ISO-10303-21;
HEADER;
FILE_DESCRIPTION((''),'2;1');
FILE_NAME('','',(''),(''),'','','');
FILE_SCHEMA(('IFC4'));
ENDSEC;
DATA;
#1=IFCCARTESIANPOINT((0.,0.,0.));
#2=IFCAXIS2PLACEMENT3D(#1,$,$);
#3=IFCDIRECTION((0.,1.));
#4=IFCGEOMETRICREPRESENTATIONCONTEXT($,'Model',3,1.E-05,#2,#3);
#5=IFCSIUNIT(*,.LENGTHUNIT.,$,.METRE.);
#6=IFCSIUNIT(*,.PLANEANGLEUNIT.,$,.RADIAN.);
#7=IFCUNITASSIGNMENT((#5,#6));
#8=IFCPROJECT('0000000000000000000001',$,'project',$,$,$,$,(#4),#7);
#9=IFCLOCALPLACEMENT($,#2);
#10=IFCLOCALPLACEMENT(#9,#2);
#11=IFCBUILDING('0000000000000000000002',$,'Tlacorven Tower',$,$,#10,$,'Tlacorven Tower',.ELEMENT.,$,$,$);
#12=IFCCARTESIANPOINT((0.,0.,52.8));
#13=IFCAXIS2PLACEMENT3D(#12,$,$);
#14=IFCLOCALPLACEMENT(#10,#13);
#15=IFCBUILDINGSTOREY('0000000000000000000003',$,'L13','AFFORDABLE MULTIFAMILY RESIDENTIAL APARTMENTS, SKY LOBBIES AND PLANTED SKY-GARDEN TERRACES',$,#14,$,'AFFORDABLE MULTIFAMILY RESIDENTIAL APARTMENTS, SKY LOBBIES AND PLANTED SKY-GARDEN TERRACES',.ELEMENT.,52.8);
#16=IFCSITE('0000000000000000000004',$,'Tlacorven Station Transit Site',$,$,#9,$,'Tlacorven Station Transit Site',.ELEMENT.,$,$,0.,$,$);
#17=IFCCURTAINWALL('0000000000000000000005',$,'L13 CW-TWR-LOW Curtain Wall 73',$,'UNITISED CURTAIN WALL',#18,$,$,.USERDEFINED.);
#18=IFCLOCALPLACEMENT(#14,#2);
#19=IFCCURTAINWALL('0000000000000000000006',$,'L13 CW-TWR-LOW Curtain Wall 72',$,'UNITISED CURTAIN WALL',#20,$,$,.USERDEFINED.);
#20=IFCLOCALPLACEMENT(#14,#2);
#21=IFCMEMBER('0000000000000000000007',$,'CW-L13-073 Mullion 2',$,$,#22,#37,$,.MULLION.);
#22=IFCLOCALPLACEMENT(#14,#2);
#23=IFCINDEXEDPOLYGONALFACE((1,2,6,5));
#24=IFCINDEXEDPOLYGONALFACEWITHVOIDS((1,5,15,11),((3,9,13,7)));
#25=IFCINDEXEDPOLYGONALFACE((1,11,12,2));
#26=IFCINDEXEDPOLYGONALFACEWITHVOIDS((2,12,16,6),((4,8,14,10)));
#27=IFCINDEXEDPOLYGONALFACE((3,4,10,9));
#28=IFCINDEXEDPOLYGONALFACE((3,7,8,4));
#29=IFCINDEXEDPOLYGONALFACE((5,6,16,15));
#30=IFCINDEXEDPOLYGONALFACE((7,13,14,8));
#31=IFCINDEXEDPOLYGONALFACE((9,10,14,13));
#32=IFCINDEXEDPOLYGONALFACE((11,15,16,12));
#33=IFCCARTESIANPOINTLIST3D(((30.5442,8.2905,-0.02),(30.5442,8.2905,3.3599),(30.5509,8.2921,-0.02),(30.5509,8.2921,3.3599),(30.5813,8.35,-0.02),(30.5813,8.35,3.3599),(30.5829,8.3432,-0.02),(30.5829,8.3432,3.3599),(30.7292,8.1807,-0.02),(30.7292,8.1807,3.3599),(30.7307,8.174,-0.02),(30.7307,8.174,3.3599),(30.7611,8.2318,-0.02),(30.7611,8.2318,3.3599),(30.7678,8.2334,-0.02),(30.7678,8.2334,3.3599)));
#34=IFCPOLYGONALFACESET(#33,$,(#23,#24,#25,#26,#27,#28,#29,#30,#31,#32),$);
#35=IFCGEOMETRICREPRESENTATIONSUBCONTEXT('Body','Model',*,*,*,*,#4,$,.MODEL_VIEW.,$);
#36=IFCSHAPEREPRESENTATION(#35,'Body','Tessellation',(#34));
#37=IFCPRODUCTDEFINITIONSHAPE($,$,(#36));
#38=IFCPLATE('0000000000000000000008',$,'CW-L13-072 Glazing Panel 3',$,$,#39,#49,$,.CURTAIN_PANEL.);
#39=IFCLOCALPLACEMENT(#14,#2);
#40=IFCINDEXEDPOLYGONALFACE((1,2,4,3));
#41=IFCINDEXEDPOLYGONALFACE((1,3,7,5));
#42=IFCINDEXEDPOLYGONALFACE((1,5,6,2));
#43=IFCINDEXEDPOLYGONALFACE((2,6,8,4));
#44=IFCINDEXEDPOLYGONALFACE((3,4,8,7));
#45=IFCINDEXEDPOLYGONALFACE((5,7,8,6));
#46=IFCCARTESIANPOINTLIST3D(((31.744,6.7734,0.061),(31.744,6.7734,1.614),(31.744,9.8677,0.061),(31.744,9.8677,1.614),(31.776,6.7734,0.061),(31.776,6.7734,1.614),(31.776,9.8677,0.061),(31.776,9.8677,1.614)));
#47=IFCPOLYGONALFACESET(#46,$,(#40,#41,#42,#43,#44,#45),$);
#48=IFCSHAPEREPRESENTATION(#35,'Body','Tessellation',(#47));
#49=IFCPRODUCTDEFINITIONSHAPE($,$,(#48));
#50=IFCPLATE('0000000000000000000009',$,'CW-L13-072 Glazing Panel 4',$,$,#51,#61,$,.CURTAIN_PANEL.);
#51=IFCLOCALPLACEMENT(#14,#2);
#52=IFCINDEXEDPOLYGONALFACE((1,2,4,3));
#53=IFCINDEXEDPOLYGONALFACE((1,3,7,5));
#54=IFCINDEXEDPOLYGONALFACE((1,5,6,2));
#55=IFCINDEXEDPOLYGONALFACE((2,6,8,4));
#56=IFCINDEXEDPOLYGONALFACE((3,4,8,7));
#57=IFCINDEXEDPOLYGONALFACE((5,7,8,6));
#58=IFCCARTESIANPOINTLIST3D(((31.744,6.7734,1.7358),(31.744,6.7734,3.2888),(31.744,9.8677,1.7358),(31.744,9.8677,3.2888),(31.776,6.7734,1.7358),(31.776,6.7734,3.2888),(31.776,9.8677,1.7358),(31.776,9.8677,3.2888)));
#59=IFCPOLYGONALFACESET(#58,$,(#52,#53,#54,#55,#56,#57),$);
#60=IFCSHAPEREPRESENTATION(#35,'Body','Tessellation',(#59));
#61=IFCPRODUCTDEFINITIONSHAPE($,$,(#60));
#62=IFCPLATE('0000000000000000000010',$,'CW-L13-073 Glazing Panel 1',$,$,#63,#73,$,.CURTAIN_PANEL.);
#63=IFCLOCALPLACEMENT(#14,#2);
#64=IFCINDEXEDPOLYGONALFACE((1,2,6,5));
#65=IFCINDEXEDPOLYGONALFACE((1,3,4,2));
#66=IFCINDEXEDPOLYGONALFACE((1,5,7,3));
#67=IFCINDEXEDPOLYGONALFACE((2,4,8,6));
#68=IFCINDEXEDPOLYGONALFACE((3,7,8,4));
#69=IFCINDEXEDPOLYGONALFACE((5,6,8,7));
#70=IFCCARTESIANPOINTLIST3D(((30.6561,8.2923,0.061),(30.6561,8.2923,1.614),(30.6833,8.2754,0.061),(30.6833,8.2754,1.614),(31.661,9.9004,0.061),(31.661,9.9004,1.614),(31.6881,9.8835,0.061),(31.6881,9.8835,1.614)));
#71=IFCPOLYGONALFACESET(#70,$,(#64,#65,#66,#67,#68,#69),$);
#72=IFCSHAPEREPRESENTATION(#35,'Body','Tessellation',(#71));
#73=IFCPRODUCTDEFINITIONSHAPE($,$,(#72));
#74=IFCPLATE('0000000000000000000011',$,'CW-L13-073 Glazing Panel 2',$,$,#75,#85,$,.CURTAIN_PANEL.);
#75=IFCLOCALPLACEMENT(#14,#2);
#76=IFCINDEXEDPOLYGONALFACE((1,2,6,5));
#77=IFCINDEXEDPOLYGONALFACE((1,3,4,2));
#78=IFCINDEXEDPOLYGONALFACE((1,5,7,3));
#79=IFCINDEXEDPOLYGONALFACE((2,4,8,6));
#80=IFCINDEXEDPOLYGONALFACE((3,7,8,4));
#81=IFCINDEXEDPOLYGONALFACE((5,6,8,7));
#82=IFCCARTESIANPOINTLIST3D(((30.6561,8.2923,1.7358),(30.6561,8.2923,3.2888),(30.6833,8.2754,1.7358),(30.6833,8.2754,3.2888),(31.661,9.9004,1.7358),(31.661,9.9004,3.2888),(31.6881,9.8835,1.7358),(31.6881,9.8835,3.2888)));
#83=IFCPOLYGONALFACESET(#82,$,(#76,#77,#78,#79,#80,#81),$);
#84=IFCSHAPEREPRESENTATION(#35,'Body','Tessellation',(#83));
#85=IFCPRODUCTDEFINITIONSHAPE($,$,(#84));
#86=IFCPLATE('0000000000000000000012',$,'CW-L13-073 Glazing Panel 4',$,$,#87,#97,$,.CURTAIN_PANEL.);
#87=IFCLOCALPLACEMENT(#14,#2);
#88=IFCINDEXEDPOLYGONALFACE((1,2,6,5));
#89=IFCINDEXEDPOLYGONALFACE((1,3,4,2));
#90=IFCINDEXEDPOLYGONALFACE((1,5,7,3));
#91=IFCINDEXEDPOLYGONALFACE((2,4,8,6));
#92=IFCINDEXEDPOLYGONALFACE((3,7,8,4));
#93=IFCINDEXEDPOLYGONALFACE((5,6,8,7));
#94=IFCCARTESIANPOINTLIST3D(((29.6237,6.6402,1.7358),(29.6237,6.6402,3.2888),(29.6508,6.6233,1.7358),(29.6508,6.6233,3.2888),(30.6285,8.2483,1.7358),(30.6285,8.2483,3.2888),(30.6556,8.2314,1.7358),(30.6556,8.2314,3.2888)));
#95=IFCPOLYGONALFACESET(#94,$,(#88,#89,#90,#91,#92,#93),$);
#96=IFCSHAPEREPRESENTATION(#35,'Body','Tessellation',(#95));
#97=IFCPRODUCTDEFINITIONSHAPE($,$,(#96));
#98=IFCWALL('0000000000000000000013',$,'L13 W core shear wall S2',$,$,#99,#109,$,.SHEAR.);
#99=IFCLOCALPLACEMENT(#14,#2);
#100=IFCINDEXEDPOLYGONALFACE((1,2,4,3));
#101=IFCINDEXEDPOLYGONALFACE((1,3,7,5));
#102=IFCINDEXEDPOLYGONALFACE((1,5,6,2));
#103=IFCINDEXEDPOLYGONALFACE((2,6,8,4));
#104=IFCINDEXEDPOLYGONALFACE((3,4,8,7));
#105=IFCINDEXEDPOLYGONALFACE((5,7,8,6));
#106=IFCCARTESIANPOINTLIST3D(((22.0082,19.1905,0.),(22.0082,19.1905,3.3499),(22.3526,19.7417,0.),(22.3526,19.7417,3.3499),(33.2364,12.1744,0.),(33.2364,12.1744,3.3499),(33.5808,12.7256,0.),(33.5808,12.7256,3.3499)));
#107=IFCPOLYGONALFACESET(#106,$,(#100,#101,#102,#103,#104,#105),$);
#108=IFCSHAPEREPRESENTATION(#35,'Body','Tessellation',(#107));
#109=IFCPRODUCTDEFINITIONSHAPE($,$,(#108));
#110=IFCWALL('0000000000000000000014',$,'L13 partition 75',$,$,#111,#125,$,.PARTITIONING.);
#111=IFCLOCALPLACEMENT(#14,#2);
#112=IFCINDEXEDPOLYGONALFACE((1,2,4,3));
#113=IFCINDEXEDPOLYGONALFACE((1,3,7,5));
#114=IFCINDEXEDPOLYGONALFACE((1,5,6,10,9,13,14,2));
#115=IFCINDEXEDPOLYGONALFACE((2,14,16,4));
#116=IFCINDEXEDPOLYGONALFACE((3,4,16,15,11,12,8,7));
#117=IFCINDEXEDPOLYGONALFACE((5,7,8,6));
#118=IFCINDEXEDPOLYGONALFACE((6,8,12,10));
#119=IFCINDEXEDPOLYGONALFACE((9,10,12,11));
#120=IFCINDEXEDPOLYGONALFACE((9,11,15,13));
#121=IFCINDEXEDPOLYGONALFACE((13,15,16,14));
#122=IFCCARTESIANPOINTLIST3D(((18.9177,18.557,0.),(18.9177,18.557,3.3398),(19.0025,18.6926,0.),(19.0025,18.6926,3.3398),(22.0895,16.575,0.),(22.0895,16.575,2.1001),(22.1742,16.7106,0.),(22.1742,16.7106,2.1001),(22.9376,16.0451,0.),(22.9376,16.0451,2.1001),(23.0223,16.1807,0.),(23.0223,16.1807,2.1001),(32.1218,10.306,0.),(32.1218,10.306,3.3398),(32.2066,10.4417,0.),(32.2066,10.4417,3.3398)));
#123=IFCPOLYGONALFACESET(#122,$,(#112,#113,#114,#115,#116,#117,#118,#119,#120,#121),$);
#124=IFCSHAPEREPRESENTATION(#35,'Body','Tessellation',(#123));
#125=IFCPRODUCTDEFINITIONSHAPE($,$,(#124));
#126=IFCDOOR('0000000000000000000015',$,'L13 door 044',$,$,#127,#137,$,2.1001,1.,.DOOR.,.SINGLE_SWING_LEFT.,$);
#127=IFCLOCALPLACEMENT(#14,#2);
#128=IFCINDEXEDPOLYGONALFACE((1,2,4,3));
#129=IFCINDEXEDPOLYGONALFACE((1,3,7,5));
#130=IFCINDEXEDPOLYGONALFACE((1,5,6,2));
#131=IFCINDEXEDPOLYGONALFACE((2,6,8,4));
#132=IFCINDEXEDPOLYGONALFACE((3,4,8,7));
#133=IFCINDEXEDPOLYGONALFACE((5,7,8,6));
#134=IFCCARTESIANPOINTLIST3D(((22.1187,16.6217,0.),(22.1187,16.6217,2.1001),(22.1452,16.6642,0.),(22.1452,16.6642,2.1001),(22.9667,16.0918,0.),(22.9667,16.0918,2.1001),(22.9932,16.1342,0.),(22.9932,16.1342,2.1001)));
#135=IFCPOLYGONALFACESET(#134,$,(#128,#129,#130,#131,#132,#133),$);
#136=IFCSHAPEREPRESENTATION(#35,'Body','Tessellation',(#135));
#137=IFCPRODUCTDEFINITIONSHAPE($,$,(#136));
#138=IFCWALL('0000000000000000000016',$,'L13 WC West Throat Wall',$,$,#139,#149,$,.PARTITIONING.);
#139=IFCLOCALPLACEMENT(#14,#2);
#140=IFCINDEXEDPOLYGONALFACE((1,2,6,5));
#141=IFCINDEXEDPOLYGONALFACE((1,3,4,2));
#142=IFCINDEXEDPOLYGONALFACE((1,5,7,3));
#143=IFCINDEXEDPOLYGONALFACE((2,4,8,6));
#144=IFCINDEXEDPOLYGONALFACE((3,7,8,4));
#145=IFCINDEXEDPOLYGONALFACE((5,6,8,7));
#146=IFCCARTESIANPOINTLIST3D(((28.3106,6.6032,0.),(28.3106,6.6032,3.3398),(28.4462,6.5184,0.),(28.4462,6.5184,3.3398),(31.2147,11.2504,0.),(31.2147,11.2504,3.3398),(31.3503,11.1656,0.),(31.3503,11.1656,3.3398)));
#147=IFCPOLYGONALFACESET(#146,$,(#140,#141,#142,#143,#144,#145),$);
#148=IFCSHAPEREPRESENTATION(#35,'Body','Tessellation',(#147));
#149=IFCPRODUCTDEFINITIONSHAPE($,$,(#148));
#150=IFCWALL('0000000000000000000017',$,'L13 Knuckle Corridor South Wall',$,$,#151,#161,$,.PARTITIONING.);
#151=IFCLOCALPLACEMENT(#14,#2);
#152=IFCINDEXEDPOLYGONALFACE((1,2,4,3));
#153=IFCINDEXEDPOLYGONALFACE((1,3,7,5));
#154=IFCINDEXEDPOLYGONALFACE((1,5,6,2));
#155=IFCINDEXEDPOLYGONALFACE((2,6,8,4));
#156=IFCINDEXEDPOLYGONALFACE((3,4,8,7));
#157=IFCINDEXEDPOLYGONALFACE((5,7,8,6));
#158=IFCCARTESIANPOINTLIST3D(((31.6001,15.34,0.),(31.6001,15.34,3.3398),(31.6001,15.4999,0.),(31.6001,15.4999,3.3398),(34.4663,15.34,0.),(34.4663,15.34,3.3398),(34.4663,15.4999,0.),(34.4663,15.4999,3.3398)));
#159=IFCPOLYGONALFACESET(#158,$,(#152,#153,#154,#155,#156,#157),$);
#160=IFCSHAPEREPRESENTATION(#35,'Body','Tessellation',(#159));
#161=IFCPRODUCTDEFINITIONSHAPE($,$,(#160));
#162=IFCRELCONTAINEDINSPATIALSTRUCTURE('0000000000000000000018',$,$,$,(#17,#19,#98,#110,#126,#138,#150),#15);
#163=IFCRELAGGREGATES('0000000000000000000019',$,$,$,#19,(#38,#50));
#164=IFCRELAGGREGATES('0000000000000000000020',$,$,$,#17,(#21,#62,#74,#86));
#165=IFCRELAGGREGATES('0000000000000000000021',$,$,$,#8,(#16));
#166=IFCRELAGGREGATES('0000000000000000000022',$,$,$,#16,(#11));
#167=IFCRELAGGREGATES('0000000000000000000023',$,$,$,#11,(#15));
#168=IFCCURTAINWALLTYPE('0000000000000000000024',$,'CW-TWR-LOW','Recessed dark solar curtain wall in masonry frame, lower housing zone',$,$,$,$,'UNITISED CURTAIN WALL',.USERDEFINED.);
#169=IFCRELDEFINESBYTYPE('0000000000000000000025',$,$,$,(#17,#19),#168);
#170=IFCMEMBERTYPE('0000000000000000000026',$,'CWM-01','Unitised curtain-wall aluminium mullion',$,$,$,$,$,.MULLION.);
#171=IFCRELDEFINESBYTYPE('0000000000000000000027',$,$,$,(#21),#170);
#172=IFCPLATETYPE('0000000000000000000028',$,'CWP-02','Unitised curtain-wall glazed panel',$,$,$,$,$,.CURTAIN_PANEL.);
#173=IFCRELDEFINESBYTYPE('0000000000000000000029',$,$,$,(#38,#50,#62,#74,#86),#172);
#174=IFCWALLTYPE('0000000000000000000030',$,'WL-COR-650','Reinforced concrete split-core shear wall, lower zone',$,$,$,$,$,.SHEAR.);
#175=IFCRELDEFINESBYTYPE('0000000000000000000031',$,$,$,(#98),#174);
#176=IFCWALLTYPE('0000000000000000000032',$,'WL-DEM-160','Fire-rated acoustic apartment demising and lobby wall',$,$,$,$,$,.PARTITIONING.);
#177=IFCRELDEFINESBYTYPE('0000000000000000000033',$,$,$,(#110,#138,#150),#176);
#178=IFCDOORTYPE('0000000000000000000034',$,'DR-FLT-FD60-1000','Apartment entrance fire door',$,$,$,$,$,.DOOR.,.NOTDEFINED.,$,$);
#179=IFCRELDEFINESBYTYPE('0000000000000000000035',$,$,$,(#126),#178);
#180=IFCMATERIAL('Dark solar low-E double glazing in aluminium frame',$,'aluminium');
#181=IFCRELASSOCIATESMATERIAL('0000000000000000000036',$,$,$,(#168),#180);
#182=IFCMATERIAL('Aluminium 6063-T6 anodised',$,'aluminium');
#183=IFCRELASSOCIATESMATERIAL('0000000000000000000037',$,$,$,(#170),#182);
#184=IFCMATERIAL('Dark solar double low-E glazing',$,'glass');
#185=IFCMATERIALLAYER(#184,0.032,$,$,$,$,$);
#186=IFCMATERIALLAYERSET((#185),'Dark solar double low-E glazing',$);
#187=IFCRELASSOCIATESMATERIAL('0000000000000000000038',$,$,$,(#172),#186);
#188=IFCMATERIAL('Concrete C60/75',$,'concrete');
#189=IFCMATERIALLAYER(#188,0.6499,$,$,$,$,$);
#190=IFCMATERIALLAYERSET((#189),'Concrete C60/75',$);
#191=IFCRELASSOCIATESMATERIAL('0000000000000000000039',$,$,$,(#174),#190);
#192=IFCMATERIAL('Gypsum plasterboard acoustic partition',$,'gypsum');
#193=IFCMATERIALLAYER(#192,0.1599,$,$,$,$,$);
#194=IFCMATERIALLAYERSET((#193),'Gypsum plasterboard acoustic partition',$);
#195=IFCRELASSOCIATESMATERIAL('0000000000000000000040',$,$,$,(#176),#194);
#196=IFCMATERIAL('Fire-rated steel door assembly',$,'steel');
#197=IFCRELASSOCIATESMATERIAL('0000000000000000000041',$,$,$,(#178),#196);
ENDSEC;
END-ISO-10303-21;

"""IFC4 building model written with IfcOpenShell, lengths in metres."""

from ifc_helpers import new_model, si_unit, direction, frame, frame_2d, origin, origin_2d, place, context, subcontext, project, spatial, rectangle, hollow_rectangle, extrude, source, transform, mapped, material, layer, layer_set, material_profile, profile_set, type_object, element, fill, aggregate, save


model = new_model("IFC4")

# Units and contexts
model_context = context("Model", 3, precision=1e-05, world=origin(), true_north=direction((0.0, 1.0)))
body_context = subcontext(model_context, "Body", "Model", "MODEL_VIEW")
ifc_project = project(units=[si_unit("LENGTHUNIT", "METRE"), si_unit("PLANEANGLEUNIT", "RADIAN")], contexts=[model_context])

# Site, building, storey
site_placement = place(None, origin())
site = spatial("IfcSite", under=ifc_project, at=site_placement, Name="Tlacorven Station Transit Site", LongName="Tlacorven Station Transit Site", CompositionType="ELEMENT", RefElevation=0.0)
building_placement = place(site_placement, origin())
building = spatial("IfcBuilding", under=site, at=building_placement, Name="Tlacorven Tower", LongName="Tlacorven Tower", CompositionType="ELEMENT")
storey_placement = place(building_placement, frame((0.0, 0.0, 52.8)))
storey = spatial("IfcBuildingStorey", under=building, at=storey_placement, Name="L13", Description="AFFORDABLE MULTIFAMILY RESIDENTIAL APARTMENTS, SKY LOBBIES AND PLANTED SKY-GARDEN TERRACES", LongName="AFFORDABLE MULTIFAMILY RESIDENTIAL APARTMENTS, SKY LOBBIES AND PLANTED SKY-GARDEN TERRACES", CompositionType="ELEMENT", Elevation=52.8)

# Curtain wall
ifc_material_1 = material(Name="Dark solar low-E double glazing in aluminium frame", Category="aluminium")
curtain_wall_type = type_object("IfcCurtainWallType", Name="CW-TWR-LOW", Description="Recessed dark solar curtain wall in masonry frame, lower housing zone", ElementType="UNITISED CURTAIN WALL", PredefinedType="USERDEFINED", material=ifc_material_1)
curtain_wall_1_placement = place(storey_placement, origin())
curtain_wall_1 = element("IfcCurtainWall", 1, at=curtain_wall_1_placement, inside=storey, type_object=curtain_wall_type, Name="L13 CW-TWR-LOW Curtain Wall 73", ObjectType="UNITISED CURTAIN WALL", PredefinedType="USERDEFINED")
ifc_material_2 = material(Name="Aluminium 6063-T6 anodised", Category="aluminium")

# Curtain wall
curtain_wall_2_placement = place(storey_placement, origin())
curtain_wall_2 = element("IfcCurtainWall", 2, at=curtain_wall_2_placement, inside=storey, type_object=curtain_wall_type, Name="L13 CW-TWR-LOW Curtain Wall 72", ObjectType="UNITISED CURTAIN WALL", PredefinedType="USERDEFINED")
ifc_material_profile_1 = material_profile(ifc_material_2, hollow_rectangle(XDim=0.0701, YDim=0.22, WallThickness=0.0049, at=origin_2d()), Name="ALU MULLION 70X220")
ifc_profile_set_1 = profile_set([ifc_material_profile_1], Name="Aluminium 6063-T6 anodised")
member_type_1 = type_object("IfcMemberType", Name="CWM-01", Description="Unitised curtain-wall aluminium mullion", PredefinedType="MULLION", material=ifc_profile_set_1)
shared_shape_1 = source(origin(), body_context, "Body", "SweptSolid", [
    extrude(hollow_rectangle(XDim=0.0701, YDim=0.22, WallThickness=0.0049, at=origin_2d()), origin(), (0.0, 0.0, 1.0), 3.3799),
])

# Member
member_1_placement = place(storey_placement, frame((30.656, 8.262, -0.02), z_axis=(0.0, 0.0, 1.0), x_axis=(-0.529919, -0.848048, 0.0)))
member_1 = element("IfcMember", 3, at=member_1_placement, type_object=member_type_1, Name="CW-L13-073 Mullion 2", PredefinedType="MULLION", context=body_context, shape_type="MappedRepresentation", body=[
    mapped(shared_shape_1, transform((0.0, 0.0, 0.0), scale=1.0)),
])

# Plates
ifc_material_3 = material(Name="Dark solar double low-E glazing", Category="glass")
ifc_layer_1 = layer(ifc_material_3, 0.032)
ifc_layer_set_1 = layer_set([ifc_layer_1], Name="Dark solar double low-E glazing")
plate_type = type_object("IfcPlateType", Name="CWP-02", Description="Unitised curtain-wall glazed panel", PredefinedType="CURTAIN_PANEL", material=ifc_layer_set_1)
shared_shape_2 = source(origin(), body_context, "Body", "SweptSolid", [
    extrude(rectangle(XDim=3.0942, YDim=0.032, at=origin_2d()), origin(), (0.0, 0.0, 1.0), 1.553),
])
plate_1_placement = place(storey_placement, frame((31.76, 8.3206, 0.061), z_axis=(0.0, 0.0, 1.0), x_axis=(0.0, 1.0, 0.0)))
plate_1 = element("IfcPlate", 4, at=plate_1_placement, type_object=plate_type, Name="CW-L13-072 Glazing Panel 3", PredefinedType="CURTAIN_PANEL", context=body_context, shape_type="MappedRepresentation", body=[
    mapped(shared_shape_2, transform((0.0, 0.0, 0.0), scale=1.0)),
])
plate_2_placement = place(storey_placement, frame((31.76, 8.3206, 1.7358), z_axis=(0.0, 0.0, 1.0), x_axis=(0.0, 1.0, 0.0)))
plate_2 = element("IfcPlate", 5, at=plate_2_placement, type_object=plate_type, Name="CW-L13-072 Glazing Panel 4", PredefinedType="CURTAIN_PANEL", context=body_context, shape_type="MappedRepresentation", body=[
    mapped(shared_shape_2, transform((0.0, 0.0, 0.0), scale=1.0)),
])
aggregate(curtain_wall_2, [plate_1, plate_2])
shared_shape_3 = source(origin(), body_context, "Body", "SweptSolid", [
    extrude(rectangle(XDim=1.8962, YDim=0.032, at=origin_2d()), origin(), (0.0, 0.0, 1.0), 1.553),
])
plate_3_placement = place(storey_placement, frame((31.1721, 9.0879, 0.061), z_axis=(0.0, 0.0, 1.0), x_axis=(-0.529919, -0.848048, 0.0)))
plate_3 = element("IfcPlate", 6, at=plate_3_placement, type_object=plate_type, Name="CW-L13-073 Glazing Panel 1", PredefinedType="CURTAIN_PANEL", context=body_context, shape_type="MappedRepresentation", body=[
    mapped(shared_shape_3, transform((0.0, 0.0, 0.0), scale=1.0)),
])
plate_4_placement = place(storey_placement, frame((31.1721, 9.0879, 1.7358), z_axis=(0.0, 0.0, 1.0), x_axis=(-0.529919, -0.848048, 0.0)))
plate_4 = element("IfcPlate", 7, at=plate_4_placement, type_object=plate_type, Name="CW-L13-073 Glazing Panel 2", PredefinedType="CURTAIN_PANEL", context=body_context, shape_type="MappedRepresentation", body=[
    mapped(shared_shape_3, transform((0.0, 0.0, 0.0), scale=1.0)),
])
plate_5_placement = place(storey_placement, frame((30.1396, 7.4358, 1.7358), z_axis=(0.0, 0.0, 1.0), x_axis=(-0.529919, -0.848048, 0.0)))
plate_5 = element("IfcPlate", 8, at=plate_5_placement, type_object=plate_type, Name="CW-L13-073 Glazing Panel 4", PredefinedType="CURTAIN_PANEL", context=body_context, shape_type="MappedRepresentation", body=[
    mapped(shared_shape_3, transform((0.0, 0.0, 0.0), scale=1.0)),
])
aggregate(curtain_wall_1, [member_1, plate_3, plate_4, plate_5])

# Wall
ifc_material_4 = material(Name="Concrete C60/75", Category="concrete")
ifc_layer_2 = layer(ifc_material_4, 0.6499)
ifc_layer_set_2 = layer_set([ifc_layer_2], Name="Concrete C60/75")
wall_type_1 = type_object("IfcWallType", Name="WL-COR-650", Description="Reinforced concrete split-core shear wall, lower zone", PredefinedType="SHEAR", material=ifc_layer_set_2)
wall_1_placement = place(storey_placement, frame((33.4087, 12.45, 0.0), z_axis=(0.0, 0.0, 1.0), x_axis=(-0.848051, 0.529914, 0.0)))
element("IfcWall", 9, at=wall_1_placement, inside=storey, type_object=wall_type_1, Name="L13 W core shear wall S2", PredefinedType="SHEAR", context=body_context, shape_type="SweptSolid", body=[
    extrude(rectangle(XDim=13.24, YDim=0.6499, at=frame_2d((6.6201, 0.0))), origin(), (0.0, 0.0, 1.0), 3.3499),
])

# Wall, opening, door
ifc_material_5 = material(Name="Gypsum plasterboard acoustic partition", Category="gypsum")
ifc_layer_3 = layer(ifc_material_5, 0.1599)
ifc_layer_set_3 = layer_set([ifc_layer_3], Name="Gypsum plasterboard acoustic partition")
wall_type_2 = type_object("IfcWallType", Name="WL-DEM-160", Description="Fire-rated acoustic apartment demising and lobby wall", PredefinedType="PARTITIONING", material=ifc_layer_set_3)
wall_2_placement = place(storey_placement, frame((32.1643, 10.3738, 0.0), z_axis=(0.0, 0.0, 1.0), x_axis=(-0.848044, 0.529926, 0.0)))
wall_2 = element("IfcWall", 10, at=wall_2_placement, inside=storey, type_object=wall_type_2, Name="L13 partition 75", PredefinedType="PARTITIONING", context=body_context, shape_type="SweptSolid", body=[
    extrude(rectangle(XDim=15.5701, YDim=0.1599, at=frame_2d((7.7852, 0.0))), origin(), (0.0, 0.0, 1.0), 3.3398),
])
opening_1_placement = place(wall_2_placement, frame((10.8301, 0.0, 0.0)))
opening_1 = element("IfcOpeningElement", 11, at=opening_1_placement, cuts=wall_2, PredefinedType="OPENING", context=body_context, shape_type="SweptSolid", body=[
    extrude(rectangle(XDim=1.0, YDim=2.1001, at=frame_2d((0.5, 1.05))), frame((0.0, 0.0898, 0.0), z_axis=(0.0, -1.0, 0.0), x_axis=(1.0, 0.0, 0.0)), (0.0, 0.0, 1.0), 0.1799),
])
ifc_material_6 = material(Name="Fire-rated steel door assembly", Category="steel")
door_type_1 = type_object("IfcDoorType", Name="DR-FLT-FD60-1000", Description="Apartment entrance fire door", OperationType="NOTDEFINED", PredefinedType="DOOR", material=ifc_material_6)
shared_shape_4 = source(origin(), body_context, "Body", "SweptSolid", [
    extrude(rectangle(XDim=1.0, YDim=2.1001, at=frame_2d((0.5, 1.05))), frame((0.0, 0.0249, 0.0), z_axis=(0.0, -1.0, 0.0), x_axis=(1.0, 0.0, 0.0)), (0.0, 0.0, 1.0), 0.05),
])
door_1_placement = place(opening_1_placement, origin())
door_1 = element("IfcDoor", 12, at=door_1_placement, inside=storey, type_object=door_type_1, Name="L13 door 044", OperationType="SINGLE_SWING_LEFT", OverallHeight=2.1001, OverallWidth=1.0, PredefinedType="DOOR", context=body_context, shape_type="MappedRepresentation", body=[
    mapped(shared_shape_4, transform((0.0, 0.0, 0.0), scale=1.0)),
])
fill(opening_1, door_1)

# Walls
wall_3_placement = place(storey_placement, frame((31.2825, 11.208, 0.0), z_axis=(0.0, 0.0, 1.0), x_axis=(-0.529939, -0.848036, 0.0)))
element("IfcWall", 13, at=wall_3_placement, inside=storey, type_object=wall_type_2, Name="L13 WC West Throat Wall", PredefinedType="PARTITIONING", context=body_context, shape_type="SweptSolid", body=[
    extrude(rectangle(XDim=5.48, YDim=0.1599, at=frame_2d((2.74, 0.0))), origin(), (0.0, 0.0, 1.0), 3.3398),
])
wall_4_placement = place(storey_placement, frame((31.6001, 15.4199, 0.0), z_axis=(0.0, 0.0, 1.0), x_axis=(1.0, 0.0, 0.0)))
element("IfcWall", 14, at=wall_4_placement, inside=storey, type_object=wall_type_2, Name="L13 Knuckle Corridor South Wall", PredefinedType="PARTITIONING", context=body_context, shape_type="SweptSolid", body=[
    extrude(rectangle(XDim=2.8662, YDim=0.1599, at=frame_2d((1.4331, 0.0))), origin(), (0.0, 0.0, 1.0), 3.3398),
])

save(model, "model.ifc")
